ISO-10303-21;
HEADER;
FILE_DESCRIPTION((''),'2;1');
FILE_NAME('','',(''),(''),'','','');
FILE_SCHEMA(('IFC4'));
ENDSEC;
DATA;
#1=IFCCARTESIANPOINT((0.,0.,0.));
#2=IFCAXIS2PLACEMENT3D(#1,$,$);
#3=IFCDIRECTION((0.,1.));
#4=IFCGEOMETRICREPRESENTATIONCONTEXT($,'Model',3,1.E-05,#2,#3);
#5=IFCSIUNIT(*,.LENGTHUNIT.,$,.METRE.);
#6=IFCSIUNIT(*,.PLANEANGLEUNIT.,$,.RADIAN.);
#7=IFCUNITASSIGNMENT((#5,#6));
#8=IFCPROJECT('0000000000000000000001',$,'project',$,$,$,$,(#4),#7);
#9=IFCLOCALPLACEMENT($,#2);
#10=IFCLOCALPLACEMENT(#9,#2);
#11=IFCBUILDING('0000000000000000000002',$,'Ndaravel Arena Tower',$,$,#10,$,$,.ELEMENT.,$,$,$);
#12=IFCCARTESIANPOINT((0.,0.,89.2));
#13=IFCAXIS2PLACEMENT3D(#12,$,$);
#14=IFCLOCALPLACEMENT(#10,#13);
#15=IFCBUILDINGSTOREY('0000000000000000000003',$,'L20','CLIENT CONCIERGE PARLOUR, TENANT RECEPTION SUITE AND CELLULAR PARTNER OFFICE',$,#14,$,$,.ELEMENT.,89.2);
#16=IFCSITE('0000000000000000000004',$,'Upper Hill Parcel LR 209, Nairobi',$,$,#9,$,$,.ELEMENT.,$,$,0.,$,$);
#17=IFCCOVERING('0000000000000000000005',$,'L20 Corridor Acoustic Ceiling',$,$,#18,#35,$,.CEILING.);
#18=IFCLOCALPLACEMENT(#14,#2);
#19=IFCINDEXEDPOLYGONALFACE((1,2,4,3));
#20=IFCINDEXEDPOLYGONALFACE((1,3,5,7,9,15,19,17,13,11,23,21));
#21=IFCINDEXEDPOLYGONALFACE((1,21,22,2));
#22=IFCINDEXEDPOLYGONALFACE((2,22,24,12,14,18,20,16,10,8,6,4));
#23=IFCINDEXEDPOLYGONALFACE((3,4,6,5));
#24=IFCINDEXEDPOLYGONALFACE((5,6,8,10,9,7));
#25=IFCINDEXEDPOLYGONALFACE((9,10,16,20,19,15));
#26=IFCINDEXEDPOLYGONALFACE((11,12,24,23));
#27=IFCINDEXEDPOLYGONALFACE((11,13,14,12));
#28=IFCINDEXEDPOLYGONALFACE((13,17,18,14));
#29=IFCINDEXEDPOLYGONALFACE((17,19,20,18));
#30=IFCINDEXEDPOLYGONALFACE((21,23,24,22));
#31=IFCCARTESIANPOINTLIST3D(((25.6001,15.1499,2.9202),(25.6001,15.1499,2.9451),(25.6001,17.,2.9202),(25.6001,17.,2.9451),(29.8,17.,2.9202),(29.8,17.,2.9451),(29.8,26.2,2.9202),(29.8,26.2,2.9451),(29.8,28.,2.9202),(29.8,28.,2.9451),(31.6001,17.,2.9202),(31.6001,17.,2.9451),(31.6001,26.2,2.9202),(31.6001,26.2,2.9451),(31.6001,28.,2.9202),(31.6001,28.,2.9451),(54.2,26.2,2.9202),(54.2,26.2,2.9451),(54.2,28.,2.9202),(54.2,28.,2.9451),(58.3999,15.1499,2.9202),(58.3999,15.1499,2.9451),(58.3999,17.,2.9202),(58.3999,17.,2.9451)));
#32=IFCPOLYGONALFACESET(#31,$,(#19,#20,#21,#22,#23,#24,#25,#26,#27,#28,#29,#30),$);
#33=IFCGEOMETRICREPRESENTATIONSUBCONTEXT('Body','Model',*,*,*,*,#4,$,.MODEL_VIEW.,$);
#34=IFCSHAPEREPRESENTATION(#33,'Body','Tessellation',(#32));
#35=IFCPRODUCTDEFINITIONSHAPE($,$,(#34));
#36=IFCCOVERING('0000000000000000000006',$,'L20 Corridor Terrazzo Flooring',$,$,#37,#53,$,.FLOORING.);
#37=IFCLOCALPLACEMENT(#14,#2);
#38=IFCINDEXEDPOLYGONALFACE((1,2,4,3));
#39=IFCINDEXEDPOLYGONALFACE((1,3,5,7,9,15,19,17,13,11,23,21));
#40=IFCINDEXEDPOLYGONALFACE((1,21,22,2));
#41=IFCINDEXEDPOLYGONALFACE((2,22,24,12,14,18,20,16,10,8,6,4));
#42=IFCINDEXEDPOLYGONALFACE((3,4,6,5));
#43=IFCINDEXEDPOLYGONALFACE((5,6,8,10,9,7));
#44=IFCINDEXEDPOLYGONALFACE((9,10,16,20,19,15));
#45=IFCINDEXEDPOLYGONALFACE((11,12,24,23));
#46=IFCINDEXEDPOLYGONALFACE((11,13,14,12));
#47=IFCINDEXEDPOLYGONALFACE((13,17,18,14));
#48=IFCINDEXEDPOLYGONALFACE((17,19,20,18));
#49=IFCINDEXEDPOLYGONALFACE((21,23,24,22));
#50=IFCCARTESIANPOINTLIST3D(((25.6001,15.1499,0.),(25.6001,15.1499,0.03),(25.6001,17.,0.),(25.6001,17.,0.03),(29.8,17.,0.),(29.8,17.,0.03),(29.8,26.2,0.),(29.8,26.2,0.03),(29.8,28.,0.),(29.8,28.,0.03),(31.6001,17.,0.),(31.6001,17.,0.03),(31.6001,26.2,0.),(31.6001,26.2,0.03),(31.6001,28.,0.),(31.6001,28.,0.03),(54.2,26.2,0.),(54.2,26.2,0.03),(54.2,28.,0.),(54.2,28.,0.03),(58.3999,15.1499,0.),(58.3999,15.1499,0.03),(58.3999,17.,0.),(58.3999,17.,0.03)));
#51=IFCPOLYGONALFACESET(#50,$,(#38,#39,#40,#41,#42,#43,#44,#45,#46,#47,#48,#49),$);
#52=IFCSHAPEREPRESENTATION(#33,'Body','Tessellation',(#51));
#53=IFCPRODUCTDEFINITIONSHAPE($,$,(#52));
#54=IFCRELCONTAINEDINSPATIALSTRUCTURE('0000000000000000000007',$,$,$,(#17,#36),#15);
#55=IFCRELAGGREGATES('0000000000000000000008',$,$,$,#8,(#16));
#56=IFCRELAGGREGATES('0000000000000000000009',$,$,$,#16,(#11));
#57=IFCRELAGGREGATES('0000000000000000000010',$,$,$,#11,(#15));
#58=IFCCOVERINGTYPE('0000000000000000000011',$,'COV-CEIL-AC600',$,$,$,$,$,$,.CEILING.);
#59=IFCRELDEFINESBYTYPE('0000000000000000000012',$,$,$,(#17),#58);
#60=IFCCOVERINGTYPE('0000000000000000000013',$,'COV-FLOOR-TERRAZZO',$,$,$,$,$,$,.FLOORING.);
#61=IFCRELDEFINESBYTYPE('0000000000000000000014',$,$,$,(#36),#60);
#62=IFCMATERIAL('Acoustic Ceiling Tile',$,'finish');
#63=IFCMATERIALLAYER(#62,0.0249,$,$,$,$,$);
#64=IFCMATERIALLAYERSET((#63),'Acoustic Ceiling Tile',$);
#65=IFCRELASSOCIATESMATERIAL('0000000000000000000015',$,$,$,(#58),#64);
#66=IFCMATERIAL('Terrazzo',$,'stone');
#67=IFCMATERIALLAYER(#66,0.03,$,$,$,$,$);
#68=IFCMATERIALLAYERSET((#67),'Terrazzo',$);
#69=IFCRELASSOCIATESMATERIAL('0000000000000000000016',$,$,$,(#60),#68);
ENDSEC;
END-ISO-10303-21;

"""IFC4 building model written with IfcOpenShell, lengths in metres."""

from ifc_helpers import new_model, si_unit, direction, frame, origin, place, context, subcontext, project, spatial, polyline, outline, extrude, material, layer, layer_set, type_object, element, save


model = new_model("IFC4")

# Units and contexts
model_context = context("Model", 3, precision=1e-05, world=origin(), true_north=direction((0.0, 1.0)))
body_context = subcontext(model_context, "Body", "Model", "MODEL_VIEW")
ifc_project = project(units=[si_unit("LENGTHUNIT", "METRE"), si_unit("PLANEANGLEUNIT", "RADIAN")], contexts=[model_context])

# Site, building, storey
site_placement = place(None, origin())
site = spatial("IfcSite", under=ifc_project, at=site_placement, Name="Upper Hill Parcel LR 209, Nairobi", CompositionType="ELEMENT", RefElevation=0.0)
building_placement = place(site_placement, origin())
building = spatial("IfcBuilding", under=site, at=building_placement, Name="Ndaravel Arena Tower", CompositionType="ELEMENT")
storey_placement = place(building_placement, frame((0.0, 0.0, 89.2)))
storey = spatial("IfcBuildingStorey", under=building, at=storey_placement, Name="L20", Description="CLIENT CONCIERGE PARLOUR, TENANT RECEPTION SUITE AND CELLULAR PARTNER OFFICE", CompositionType="ELEMENT", Elevation=89.2)

# Coverings
ifc_material_1 = material(Name="Acoustic Ceiling Tile", Category="finish")
ifc_layer_1 = layer(ifc_material_1, 0.0249)
ifc_layer_set_1 = layer_set([ifc_layer_1], Name="Acoustic Ceiling Tile")
covering_type_1 = type_object("IfcCoveringType", Name="COV-CEIL-AC600", PredefinedType="CEILING", material=ifc_layer_set_1)
covering_1_placement = place(storey_placement, frame((0.0, 0.0, 2.9202)))
element("IfcCovering", 1, at=covering_1_placement, inside=storey, type_object=covering_type_1, Name="L20 Corridor Acoustic Ceiling", PredefinedType="CEILING", context=body_context, shape_type="SweptSolid", body=[
    extrude(outline(polyline([(58.3999, 17.0), (31.6001, 17.0), (31.6001, 26.2), (54.2, 26.2), (54.2, 28.0), (31.6001, 28.0), (29.8, 28.0), (29.8, 26.2), (29.8, 17.0), (25.6001, 17.0), (25.6001, 15.1499), (58.3999, 15.1499), (58.3999, 17.0)])), origin(), (0.0, 0.0, 1.0), 0.0249),
])
ifc_material_2 = material(Name="Terrazzo", Category="stone")
ifc_layer_2 = layer(ifc_material_2, 0.03)
ifc_layer_set_2 = layer_set([ifc_layer_2], Name="Terrazzo")
covering_type_2 = type_object("IfcCoveringType", Name="COV-FLOOR-TERRAZZO", PredefinedType="FLOORING", material=ifc_layer_set_2)
covering_2_placement = place(storey_placement, origin())
element("IfcCovering", 2, at=covering_2_placement, inside=storey, type_object=covering_type_2, Name="L20 Corridor Terrazzo Flooring", PredefinedType="FLOORING", context=body_context, shape_type="SweptSolid", body=[
    extrude(outline(polyline([(58.3999, 17.0), (31.6001, 17.0), (31.6001, 26.2), (54.2, 26.2), (54.2, 28.0), (31.6001, 28.0), (29.8, 28.0), (29.8, 26.2), (29.8, 17.0), (25.6001, 17.0), (25.6001, 15.1499), (58.3999, 15.1499), (58.3999, 17.0)])), origin(), (0.0, 0.0, 1.0), 0.03),
])

save(model, "model.ifc")
